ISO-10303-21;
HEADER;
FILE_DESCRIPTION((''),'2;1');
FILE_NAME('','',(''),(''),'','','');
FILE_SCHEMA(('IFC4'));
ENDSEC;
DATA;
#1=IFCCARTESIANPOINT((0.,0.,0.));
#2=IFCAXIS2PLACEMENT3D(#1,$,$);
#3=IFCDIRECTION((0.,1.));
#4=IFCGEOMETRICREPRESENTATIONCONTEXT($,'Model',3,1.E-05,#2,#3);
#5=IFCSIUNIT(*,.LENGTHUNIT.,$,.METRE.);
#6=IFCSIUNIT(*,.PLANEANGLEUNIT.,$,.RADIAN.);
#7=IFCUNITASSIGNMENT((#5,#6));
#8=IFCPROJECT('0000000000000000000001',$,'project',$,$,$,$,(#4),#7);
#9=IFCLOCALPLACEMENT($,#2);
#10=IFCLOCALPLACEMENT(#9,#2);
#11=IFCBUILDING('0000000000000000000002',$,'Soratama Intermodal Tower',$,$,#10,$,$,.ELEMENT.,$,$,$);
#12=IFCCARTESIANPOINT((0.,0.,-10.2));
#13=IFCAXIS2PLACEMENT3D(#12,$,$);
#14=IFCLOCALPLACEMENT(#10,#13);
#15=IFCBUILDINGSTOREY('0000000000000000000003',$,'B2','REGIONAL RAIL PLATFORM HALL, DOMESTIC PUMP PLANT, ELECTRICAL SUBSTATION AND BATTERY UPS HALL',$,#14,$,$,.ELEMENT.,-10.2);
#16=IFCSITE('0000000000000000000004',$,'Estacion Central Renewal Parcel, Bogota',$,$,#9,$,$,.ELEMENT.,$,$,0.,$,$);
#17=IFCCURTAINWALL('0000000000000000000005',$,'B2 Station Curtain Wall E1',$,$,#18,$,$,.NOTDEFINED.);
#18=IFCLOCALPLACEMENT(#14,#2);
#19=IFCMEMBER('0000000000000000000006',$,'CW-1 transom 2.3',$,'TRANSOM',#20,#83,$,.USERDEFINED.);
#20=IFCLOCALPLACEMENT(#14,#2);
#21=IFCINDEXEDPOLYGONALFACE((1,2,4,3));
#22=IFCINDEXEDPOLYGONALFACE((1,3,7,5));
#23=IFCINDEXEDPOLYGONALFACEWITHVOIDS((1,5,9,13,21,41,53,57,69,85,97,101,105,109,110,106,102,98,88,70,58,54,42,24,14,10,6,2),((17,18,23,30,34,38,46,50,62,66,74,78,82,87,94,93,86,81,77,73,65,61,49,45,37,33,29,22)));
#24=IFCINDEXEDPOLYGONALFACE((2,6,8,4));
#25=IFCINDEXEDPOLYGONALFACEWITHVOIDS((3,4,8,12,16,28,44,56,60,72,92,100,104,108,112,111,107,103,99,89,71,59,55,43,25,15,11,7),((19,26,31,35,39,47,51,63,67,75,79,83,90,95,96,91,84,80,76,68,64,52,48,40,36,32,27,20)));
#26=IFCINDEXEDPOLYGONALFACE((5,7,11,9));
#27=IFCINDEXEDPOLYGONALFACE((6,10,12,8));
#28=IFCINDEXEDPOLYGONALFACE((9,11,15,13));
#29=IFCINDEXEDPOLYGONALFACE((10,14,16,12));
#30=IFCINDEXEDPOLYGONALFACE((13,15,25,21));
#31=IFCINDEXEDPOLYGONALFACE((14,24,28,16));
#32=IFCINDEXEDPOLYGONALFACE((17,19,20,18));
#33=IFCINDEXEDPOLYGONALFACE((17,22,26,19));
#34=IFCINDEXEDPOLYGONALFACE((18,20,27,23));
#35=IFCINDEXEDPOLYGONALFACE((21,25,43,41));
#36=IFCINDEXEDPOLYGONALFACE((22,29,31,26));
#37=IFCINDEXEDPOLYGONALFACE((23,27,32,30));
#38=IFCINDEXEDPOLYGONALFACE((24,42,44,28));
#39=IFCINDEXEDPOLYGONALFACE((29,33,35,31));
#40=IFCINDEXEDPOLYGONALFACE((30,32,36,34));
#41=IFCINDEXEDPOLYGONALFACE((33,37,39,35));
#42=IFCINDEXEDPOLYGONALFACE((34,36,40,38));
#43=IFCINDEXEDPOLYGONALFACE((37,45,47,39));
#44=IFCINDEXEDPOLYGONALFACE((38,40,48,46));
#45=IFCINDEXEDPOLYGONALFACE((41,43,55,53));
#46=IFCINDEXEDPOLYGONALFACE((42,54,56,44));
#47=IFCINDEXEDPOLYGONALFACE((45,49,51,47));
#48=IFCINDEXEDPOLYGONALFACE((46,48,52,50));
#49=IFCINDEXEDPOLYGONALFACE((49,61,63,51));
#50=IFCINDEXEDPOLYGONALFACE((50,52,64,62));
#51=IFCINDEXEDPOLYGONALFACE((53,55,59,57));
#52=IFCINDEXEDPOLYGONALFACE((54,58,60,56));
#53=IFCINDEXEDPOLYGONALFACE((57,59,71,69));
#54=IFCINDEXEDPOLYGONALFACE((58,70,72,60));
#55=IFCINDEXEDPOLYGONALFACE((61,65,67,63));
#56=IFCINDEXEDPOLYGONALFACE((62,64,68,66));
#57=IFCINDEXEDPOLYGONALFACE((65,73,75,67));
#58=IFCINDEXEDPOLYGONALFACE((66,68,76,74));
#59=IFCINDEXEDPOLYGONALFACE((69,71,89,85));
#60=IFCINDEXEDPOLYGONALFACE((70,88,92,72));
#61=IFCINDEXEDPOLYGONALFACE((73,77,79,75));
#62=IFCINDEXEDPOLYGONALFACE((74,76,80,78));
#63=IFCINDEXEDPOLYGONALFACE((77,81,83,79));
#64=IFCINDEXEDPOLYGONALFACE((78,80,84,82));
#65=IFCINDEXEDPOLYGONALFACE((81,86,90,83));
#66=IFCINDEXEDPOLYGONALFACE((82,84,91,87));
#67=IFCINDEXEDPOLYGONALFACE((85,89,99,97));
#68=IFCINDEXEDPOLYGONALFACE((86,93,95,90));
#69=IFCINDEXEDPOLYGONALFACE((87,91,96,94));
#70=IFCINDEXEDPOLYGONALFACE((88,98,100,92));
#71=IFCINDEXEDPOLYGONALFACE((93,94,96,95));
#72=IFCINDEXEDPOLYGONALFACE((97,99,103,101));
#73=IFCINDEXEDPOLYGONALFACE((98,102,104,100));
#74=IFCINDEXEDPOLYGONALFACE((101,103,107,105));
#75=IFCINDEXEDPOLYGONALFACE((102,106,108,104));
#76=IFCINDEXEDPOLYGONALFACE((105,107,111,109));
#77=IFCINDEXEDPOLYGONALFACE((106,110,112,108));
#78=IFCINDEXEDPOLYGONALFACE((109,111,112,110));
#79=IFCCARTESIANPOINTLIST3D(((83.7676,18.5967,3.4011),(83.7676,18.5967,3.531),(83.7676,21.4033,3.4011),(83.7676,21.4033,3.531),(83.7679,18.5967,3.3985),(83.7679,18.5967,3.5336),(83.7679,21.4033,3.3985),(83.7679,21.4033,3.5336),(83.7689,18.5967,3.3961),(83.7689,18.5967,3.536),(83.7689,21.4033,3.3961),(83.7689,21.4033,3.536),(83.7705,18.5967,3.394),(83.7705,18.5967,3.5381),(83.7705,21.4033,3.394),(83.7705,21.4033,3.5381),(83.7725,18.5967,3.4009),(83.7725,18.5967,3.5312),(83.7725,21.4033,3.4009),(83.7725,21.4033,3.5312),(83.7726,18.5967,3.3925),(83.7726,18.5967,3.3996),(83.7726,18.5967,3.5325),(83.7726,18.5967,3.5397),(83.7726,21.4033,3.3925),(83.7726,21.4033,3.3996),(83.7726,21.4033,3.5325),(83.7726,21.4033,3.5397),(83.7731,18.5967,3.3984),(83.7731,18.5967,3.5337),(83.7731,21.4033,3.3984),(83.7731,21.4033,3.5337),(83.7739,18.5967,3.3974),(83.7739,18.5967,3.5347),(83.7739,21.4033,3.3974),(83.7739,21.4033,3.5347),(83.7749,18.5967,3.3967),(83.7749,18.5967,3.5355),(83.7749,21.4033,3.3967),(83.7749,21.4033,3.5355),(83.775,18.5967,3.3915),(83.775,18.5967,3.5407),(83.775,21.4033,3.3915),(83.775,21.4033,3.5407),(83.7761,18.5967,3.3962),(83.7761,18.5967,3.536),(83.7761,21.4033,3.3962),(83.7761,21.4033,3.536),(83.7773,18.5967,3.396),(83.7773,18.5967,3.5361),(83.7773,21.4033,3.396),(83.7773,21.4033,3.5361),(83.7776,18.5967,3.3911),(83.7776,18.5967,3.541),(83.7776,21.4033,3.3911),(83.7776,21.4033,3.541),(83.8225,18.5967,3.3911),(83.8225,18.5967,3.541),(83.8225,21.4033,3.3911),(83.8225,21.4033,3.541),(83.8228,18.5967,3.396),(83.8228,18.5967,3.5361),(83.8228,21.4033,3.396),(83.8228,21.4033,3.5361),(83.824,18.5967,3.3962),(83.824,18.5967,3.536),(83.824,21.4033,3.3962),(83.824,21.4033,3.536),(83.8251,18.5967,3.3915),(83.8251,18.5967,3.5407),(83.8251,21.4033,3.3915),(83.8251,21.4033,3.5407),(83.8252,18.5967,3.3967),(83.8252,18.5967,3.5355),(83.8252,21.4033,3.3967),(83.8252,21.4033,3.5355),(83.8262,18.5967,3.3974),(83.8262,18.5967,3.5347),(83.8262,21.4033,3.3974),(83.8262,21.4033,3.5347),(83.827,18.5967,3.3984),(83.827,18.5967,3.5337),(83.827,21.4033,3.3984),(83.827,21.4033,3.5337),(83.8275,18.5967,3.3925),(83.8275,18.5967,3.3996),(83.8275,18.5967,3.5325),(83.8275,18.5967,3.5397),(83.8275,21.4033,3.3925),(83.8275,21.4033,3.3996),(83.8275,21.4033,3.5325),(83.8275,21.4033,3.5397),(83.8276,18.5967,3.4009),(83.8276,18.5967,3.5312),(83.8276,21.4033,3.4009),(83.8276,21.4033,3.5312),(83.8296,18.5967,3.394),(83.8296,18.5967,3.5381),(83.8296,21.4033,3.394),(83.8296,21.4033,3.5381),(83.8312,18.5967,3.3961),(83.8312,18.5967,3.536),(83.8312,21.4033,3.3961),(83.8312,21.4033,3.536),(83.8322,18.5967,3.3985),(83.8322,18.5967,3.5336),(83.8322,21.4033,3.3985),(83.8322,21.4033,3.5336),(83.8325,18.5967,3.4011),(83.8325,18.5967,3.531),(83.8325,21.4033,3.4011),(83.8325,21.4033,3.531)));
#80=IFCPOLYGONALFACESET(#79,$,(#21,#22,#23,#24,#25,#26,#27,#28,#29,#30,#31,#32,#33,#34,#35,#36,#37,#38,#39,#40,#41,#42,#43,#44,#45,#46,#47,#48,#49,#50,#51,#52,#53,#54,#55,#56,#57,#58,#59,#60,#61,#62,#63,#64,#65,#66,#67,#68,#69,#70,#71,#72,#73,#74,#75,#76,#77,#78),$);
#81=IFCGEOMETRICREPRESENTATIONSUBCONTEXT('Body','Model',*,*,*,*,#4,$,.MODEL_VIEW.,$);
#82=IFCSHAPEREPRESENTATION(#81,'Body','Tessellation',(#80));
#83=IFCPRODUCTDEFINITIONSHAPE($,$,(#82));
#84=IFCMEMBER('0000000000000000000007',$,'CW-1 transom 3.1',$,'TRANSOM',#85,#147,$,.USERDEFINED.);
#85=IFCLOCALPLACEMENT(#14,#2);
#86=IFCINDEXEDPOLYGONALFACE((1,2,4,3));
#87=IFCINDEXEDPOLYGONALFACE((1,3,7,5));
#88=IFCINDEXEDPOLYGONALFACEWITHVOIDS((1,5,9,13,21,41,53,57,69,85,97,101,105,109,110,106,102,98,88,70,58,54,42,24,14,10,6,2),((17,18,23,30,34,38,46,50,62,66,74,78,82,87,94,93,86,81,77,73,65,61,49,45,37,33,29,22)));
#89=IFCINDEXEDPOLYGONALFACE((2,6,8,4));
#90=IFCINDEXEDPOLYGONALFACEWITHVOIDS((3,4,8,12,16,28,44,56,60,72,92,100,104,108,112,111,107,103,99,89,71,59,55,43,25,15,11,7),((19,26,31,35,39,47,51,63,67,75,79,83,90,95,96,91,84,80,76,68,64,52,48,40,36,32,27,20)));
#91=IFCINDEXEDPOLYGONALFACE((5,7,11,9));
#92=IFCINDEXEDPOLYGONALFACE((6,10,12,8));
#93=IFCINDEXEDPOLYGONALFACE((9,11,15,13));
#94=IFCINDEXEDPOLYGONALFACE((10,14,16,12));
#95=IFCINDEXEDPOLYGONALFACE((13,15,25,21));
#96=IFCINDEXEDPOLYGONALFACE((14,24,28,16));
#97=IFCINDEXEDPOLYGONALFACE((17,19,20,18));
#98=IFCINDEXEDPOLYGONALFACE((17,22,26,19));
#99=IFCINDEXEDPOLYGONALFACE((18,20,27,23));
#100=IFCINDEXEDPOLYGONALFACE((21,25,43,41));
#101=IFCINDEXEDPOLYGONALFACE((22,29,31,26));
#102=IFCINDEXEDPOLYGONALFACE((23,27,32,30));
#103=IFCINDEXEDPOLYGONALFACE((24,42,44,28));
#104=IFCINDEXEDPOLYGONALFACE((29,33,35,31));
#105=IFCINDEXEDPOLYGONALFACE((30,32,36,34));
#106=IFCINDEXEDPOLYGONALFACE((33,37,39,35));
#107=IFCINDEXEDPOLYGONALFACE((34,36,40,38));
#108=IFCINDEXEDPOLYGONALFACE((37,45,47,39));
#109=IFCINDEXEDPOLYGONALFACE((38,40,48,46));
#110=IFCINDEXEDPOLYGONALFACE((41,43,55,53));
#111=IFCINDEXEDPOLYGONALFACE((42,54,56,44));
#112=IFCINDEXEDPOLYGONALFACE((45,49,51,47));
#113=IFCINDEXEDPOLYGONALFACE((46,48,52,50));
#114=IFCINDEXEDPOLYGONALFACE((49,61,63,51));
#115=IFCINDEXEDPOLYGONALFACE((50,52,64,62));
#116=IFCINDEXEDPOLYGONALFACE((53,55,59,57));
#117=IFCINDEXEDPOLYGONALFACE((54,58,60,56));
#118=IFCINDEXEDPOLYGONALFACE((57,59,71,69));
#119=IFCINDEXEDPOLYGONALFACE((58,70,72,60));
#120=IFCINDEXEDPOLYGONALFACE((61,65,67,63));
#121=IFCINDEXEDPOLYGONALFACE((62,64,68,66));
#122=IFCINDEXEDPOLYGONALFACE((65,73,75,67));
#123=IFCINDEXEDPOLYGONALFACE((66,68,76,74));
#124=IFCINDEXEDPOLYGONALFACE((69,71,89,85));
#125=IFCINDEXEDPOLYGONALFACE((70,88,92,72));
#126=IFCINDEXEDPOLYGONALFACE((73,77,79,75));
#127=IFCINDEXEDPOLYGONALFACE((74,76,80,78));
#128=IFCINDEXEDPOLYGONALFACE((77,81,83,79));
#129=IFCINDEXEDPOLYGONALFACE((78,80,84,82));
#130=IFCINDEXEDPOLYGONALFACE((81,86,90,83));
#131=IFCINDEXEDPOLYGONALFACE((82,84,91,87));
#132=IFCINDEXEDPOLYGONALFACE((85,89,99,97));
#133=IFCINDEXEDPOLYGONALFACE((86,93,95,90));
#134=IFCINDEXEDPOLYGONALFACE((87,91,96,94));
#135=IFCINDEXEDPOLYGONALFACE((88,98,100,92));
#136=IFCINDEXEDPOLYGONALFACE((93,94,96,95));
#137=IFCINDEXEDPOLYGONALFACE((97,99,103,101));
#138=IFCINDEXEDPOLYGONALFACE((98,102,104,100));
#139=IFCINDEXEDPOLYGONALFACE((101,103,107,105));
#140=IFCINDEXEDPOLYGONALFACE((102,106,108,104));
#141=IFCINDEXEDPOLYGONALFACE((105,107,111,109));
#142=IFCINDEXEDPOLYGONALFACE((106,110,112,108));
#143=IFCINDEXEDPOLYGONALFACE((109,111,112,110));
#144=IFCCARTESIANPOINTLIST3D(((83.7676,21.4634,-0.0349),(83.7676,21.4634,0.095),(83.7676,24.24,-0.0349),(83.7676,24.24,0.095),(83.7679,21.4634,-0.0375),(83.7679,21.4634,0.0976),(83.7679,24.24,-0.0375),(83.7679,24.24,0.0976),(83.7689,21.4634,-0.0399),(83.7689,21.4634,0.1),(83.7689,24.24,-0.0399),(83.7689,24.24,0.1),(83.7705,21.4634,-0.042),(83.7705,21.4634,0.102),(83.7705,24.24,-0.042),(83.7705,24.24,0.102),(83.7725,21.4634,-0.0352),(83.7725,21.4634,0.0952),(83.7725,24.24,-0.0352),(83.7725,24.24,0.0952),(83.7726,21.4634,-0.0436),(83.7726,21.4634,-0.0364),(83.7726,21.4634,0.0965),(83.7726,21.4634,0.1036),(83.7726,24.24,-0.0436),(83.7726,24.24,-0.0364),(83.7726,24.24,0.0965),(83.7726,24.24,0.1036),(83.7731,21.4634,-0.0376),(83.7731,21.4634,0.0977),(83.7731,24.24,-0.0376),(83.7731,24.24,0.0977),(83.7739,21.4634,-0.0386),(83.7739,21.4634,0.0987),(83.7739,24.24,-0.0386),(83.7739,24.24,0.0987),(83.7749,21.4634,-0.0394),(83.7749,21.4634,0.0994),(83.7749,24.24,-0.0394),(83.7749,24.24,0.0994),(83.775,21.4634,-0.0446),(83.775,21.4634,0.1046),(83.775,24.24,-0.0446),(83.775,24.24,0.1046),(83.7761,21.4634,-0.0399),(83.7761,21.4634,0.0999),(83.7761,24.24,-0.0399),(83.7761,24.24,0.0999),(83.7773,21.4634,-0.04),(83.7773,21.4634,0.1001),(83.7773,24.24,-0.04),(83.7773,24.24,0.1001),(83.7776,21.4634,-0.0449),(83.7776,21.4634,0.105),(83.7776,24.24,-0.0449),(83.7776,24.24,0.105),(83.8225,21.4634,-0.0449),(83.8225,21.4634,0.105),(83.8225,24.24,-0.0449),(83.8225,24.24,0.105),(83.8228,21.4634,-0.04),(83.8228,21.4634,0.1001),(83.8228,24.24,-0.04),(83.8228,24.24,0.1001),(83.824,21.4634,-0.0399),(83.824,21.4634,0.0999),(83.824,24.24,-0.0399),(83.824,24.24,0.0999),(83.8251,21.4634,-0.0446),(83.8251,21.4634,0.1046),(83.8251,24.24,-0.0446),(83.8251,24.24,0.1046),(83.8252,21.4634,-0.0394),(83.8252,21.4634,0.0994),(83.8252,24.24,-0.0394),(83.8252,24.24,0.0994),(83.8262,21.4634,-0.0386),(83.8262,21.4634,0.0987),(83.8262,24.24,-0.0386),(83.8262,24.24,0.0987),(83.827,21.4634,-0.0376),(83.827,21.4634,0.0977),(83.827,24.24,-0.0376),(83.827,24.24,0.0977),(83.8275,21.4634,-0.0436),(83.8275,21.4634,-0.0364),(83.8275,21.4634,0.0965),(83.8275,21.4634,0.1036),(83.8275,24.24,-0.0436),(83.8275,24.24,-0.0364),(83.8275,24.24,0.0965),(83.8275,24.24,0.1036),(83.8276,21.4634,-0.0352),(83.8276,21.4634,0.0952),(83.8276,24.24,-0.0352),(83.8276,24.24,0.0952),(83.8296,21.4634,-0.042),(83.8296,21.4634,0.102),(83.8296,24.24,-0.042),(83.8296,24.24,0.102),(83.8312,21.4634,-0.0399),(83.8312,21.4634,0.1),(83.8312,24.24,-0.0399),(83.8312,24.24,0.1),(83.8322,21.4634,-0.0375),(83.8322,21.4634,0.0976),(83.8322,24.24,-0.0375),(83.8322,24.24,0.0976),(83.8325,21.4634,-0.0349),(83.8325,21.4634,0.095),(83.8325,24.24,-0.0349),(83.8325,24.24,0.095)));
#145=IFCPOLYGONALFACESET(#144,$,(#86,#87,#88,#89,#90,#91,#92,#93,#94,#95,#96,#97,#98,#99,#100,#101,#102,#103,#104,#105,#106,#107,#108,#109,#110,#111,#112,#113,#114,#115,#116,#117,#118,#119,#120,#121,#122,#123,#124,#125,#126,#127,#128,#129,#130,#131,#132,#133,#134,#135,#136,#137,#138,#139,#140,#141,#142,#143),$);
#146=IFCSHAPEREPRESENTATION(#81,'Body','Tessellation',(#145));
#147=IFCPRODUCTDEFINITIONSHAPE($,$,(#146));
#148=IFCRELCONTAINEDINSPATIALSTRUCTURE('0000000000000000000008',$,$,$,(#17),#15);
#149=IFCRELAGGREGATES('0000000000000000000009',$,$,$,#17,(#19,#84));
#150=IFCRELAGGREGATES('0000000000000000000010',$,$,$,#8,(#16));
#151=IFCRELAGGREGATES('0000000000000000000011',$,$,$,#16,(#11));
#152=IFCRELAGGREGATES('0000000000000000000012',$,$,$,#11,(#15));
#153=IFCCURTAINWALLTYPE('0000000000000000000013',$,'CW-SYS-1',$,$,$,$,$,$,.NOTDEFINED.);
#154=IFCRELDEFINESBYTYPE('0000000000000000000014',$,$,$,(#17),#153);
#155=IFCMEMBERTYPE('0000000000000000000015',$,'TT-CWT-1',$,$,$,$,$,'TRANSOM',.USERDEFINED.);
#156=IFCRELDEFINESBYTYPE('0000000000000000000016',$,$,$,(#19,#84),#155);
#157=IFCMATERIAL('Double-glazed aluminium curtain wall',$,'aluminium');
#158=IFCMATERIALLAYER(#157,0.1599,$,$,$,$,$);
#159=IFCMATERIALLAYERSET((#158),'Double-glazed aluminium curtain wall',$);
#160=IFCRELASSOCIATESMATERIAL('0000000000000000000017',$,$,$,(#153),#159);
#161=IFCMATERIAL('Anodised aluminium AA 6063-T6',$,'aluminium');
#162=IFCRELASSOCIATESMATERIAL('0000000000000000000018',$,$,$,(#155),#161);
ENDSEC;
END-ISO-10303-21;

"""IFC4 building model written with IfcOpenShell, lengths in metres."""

from ifc_helpers import new_model, si_unit, direction, frame, origin, origin_2d, place, context, subcontext, project, spatial, hollow_rectangle, extrude, material, layer, layer_set, material_profile, profile_set, type_object, element, aggregate, save


model = new_model("IFC4")

# Units and contexts
model_context = context("Model", 3, precision=1e-05, world=origin(), true_north=direction((0.0, 1.0)))
body_context = subcontext(model_context, "Body", "Model", "MODEL_VIEW")
ifc_project = project(units=[si_unit("LENGTHUNIT", "METRE"), si_unit("PLANEANGLEUNIT", "RADIAN")], contexts=[model_context])

# Site, building, storey
site_placement = place(None, origin())
site = spatial("IfcSite", under=ifc_project, at=site_placement, Name="Estacion Central Renewal Parcel, Bogota", CompositionType="ELEMENT", RefElevation=0.0)
building_placement = place(site_placement, origin())
building = spatial("IfcBuilding", under=site, at=building_placement, Name="Soratama Intermodal Tower", CompositionType="ELEMENT")
storey_placement = place(building_placement, frame((0.0, 0.0, -10.2)))
storey = spatial("IfcBuildingStorey", under=building, at=storey_placement, Name="B2", Description="REGIONAL RAIL PLATFORM HALL, DOMESTIC PUMP PLANT, ELECTRICAL SUBSTATION AND BATTERY UPS HALL", CompositionType="ELEMENT", Elevation=-10.2)

# Curtain wall, members
ifc_material_1 = material(Name="Double-glazed aluminium curtain wall", Category="aluminium")
ifc_layer_1 = layer(ifc_material_1, 0.1599)
ifc_layer_set_1 = layer_set([ifc_layer_1], Name="Double-glazed aluminium curtain wall")
curtain_wall_type = type_object("IfcCurtainWallType", Name="CW-SYS-1", PredefinedType="NOTDEFINED", material=ifc_layer_set_1)
curtain_wall_placement = place(storey_placement, origin())
curtain_wall = element("IfcCurtainWall", 1, at=curtain_wall_placement, inside=storey, type_object=curtain_wall_type, Name="B2 Station Curtain Wall E1", PredefinedType="NOTDEFINED")
ifc_material_2 = material(Name="Anodised aluminium AA 6063-T6", Category="aluminium")
ifc_material_profile_1 = material_profile(ifc_material_2, hollow_rectangle(XDim=0.0649, YDim=0.1499, WallThickness=0.0049, InnerFilletRadius=0.0049, OuterFilletRadius=0.01, at=origin_2d()), Name="CWT150X65X5")
ifc_profile_set_1 = profile_set([ifc_material_profile_1], Name="Anodised aluminium AA 6063-T6")
member_type_1 = type_object("IfcMemberType", Name="TT-CWT-1", ElementType="TRANSOM", PredefinedType="USERDEFINED", material=ifc_profile_set_1)
member_1_placement = place(storey_placement, frame((83.8, 18.5967, 3.4661), z_axis=(0.0, 1.0, 0.0), x_axis=(-1.0, 0.0, 0.0)))
member_1 = element("IfcMember", 2, at=member_1_placement, type_object=member_type_1, Name="CW-1 transom 2.3", ObjectType="TRANSOM", PredefinedType="USERDEFINED", context=body_context, shape_type="SweptSolid", body=[
    extrude(hollow_rectangle(XDim=0.0649, YDim=0.1499, WallThickness=0.0049, InnerFilletRadius=0.0049, OuterFilletRadius=0.01, at=origin_2d()), origin(), (0.0, 0.0, 1.0), 2.8066),
])
member_2_placement = place(storey_placement, frame((83.8, 21.4634, 0.03), z_axis=(0.0, 1.0, 0.0), x_axis=(-1.0, 0.0, 0.0)))
member_2 = element("IfcMember", 3, at=member_2_placement, type_object=member_type_1, Name="CW-1 transom 3.1", ObjectType="TRANSOM", PredefinedType="USERDEFINED", context=body_context, shape_type="SweptSolid", body=[
    extrude(hollow_rectangle(XDim=0.0649, YDim=0.1499, WallThickness=0.0049, InnerFilletRadius=0.0049, OuterFilletRadius=0.01, at=origin_2d()), origin(), (0.0, 0.0, 1.0), 2.7766),
])
aggregate(curtain_wall, [member_1, member_2])

save(model, "model.ifc")
